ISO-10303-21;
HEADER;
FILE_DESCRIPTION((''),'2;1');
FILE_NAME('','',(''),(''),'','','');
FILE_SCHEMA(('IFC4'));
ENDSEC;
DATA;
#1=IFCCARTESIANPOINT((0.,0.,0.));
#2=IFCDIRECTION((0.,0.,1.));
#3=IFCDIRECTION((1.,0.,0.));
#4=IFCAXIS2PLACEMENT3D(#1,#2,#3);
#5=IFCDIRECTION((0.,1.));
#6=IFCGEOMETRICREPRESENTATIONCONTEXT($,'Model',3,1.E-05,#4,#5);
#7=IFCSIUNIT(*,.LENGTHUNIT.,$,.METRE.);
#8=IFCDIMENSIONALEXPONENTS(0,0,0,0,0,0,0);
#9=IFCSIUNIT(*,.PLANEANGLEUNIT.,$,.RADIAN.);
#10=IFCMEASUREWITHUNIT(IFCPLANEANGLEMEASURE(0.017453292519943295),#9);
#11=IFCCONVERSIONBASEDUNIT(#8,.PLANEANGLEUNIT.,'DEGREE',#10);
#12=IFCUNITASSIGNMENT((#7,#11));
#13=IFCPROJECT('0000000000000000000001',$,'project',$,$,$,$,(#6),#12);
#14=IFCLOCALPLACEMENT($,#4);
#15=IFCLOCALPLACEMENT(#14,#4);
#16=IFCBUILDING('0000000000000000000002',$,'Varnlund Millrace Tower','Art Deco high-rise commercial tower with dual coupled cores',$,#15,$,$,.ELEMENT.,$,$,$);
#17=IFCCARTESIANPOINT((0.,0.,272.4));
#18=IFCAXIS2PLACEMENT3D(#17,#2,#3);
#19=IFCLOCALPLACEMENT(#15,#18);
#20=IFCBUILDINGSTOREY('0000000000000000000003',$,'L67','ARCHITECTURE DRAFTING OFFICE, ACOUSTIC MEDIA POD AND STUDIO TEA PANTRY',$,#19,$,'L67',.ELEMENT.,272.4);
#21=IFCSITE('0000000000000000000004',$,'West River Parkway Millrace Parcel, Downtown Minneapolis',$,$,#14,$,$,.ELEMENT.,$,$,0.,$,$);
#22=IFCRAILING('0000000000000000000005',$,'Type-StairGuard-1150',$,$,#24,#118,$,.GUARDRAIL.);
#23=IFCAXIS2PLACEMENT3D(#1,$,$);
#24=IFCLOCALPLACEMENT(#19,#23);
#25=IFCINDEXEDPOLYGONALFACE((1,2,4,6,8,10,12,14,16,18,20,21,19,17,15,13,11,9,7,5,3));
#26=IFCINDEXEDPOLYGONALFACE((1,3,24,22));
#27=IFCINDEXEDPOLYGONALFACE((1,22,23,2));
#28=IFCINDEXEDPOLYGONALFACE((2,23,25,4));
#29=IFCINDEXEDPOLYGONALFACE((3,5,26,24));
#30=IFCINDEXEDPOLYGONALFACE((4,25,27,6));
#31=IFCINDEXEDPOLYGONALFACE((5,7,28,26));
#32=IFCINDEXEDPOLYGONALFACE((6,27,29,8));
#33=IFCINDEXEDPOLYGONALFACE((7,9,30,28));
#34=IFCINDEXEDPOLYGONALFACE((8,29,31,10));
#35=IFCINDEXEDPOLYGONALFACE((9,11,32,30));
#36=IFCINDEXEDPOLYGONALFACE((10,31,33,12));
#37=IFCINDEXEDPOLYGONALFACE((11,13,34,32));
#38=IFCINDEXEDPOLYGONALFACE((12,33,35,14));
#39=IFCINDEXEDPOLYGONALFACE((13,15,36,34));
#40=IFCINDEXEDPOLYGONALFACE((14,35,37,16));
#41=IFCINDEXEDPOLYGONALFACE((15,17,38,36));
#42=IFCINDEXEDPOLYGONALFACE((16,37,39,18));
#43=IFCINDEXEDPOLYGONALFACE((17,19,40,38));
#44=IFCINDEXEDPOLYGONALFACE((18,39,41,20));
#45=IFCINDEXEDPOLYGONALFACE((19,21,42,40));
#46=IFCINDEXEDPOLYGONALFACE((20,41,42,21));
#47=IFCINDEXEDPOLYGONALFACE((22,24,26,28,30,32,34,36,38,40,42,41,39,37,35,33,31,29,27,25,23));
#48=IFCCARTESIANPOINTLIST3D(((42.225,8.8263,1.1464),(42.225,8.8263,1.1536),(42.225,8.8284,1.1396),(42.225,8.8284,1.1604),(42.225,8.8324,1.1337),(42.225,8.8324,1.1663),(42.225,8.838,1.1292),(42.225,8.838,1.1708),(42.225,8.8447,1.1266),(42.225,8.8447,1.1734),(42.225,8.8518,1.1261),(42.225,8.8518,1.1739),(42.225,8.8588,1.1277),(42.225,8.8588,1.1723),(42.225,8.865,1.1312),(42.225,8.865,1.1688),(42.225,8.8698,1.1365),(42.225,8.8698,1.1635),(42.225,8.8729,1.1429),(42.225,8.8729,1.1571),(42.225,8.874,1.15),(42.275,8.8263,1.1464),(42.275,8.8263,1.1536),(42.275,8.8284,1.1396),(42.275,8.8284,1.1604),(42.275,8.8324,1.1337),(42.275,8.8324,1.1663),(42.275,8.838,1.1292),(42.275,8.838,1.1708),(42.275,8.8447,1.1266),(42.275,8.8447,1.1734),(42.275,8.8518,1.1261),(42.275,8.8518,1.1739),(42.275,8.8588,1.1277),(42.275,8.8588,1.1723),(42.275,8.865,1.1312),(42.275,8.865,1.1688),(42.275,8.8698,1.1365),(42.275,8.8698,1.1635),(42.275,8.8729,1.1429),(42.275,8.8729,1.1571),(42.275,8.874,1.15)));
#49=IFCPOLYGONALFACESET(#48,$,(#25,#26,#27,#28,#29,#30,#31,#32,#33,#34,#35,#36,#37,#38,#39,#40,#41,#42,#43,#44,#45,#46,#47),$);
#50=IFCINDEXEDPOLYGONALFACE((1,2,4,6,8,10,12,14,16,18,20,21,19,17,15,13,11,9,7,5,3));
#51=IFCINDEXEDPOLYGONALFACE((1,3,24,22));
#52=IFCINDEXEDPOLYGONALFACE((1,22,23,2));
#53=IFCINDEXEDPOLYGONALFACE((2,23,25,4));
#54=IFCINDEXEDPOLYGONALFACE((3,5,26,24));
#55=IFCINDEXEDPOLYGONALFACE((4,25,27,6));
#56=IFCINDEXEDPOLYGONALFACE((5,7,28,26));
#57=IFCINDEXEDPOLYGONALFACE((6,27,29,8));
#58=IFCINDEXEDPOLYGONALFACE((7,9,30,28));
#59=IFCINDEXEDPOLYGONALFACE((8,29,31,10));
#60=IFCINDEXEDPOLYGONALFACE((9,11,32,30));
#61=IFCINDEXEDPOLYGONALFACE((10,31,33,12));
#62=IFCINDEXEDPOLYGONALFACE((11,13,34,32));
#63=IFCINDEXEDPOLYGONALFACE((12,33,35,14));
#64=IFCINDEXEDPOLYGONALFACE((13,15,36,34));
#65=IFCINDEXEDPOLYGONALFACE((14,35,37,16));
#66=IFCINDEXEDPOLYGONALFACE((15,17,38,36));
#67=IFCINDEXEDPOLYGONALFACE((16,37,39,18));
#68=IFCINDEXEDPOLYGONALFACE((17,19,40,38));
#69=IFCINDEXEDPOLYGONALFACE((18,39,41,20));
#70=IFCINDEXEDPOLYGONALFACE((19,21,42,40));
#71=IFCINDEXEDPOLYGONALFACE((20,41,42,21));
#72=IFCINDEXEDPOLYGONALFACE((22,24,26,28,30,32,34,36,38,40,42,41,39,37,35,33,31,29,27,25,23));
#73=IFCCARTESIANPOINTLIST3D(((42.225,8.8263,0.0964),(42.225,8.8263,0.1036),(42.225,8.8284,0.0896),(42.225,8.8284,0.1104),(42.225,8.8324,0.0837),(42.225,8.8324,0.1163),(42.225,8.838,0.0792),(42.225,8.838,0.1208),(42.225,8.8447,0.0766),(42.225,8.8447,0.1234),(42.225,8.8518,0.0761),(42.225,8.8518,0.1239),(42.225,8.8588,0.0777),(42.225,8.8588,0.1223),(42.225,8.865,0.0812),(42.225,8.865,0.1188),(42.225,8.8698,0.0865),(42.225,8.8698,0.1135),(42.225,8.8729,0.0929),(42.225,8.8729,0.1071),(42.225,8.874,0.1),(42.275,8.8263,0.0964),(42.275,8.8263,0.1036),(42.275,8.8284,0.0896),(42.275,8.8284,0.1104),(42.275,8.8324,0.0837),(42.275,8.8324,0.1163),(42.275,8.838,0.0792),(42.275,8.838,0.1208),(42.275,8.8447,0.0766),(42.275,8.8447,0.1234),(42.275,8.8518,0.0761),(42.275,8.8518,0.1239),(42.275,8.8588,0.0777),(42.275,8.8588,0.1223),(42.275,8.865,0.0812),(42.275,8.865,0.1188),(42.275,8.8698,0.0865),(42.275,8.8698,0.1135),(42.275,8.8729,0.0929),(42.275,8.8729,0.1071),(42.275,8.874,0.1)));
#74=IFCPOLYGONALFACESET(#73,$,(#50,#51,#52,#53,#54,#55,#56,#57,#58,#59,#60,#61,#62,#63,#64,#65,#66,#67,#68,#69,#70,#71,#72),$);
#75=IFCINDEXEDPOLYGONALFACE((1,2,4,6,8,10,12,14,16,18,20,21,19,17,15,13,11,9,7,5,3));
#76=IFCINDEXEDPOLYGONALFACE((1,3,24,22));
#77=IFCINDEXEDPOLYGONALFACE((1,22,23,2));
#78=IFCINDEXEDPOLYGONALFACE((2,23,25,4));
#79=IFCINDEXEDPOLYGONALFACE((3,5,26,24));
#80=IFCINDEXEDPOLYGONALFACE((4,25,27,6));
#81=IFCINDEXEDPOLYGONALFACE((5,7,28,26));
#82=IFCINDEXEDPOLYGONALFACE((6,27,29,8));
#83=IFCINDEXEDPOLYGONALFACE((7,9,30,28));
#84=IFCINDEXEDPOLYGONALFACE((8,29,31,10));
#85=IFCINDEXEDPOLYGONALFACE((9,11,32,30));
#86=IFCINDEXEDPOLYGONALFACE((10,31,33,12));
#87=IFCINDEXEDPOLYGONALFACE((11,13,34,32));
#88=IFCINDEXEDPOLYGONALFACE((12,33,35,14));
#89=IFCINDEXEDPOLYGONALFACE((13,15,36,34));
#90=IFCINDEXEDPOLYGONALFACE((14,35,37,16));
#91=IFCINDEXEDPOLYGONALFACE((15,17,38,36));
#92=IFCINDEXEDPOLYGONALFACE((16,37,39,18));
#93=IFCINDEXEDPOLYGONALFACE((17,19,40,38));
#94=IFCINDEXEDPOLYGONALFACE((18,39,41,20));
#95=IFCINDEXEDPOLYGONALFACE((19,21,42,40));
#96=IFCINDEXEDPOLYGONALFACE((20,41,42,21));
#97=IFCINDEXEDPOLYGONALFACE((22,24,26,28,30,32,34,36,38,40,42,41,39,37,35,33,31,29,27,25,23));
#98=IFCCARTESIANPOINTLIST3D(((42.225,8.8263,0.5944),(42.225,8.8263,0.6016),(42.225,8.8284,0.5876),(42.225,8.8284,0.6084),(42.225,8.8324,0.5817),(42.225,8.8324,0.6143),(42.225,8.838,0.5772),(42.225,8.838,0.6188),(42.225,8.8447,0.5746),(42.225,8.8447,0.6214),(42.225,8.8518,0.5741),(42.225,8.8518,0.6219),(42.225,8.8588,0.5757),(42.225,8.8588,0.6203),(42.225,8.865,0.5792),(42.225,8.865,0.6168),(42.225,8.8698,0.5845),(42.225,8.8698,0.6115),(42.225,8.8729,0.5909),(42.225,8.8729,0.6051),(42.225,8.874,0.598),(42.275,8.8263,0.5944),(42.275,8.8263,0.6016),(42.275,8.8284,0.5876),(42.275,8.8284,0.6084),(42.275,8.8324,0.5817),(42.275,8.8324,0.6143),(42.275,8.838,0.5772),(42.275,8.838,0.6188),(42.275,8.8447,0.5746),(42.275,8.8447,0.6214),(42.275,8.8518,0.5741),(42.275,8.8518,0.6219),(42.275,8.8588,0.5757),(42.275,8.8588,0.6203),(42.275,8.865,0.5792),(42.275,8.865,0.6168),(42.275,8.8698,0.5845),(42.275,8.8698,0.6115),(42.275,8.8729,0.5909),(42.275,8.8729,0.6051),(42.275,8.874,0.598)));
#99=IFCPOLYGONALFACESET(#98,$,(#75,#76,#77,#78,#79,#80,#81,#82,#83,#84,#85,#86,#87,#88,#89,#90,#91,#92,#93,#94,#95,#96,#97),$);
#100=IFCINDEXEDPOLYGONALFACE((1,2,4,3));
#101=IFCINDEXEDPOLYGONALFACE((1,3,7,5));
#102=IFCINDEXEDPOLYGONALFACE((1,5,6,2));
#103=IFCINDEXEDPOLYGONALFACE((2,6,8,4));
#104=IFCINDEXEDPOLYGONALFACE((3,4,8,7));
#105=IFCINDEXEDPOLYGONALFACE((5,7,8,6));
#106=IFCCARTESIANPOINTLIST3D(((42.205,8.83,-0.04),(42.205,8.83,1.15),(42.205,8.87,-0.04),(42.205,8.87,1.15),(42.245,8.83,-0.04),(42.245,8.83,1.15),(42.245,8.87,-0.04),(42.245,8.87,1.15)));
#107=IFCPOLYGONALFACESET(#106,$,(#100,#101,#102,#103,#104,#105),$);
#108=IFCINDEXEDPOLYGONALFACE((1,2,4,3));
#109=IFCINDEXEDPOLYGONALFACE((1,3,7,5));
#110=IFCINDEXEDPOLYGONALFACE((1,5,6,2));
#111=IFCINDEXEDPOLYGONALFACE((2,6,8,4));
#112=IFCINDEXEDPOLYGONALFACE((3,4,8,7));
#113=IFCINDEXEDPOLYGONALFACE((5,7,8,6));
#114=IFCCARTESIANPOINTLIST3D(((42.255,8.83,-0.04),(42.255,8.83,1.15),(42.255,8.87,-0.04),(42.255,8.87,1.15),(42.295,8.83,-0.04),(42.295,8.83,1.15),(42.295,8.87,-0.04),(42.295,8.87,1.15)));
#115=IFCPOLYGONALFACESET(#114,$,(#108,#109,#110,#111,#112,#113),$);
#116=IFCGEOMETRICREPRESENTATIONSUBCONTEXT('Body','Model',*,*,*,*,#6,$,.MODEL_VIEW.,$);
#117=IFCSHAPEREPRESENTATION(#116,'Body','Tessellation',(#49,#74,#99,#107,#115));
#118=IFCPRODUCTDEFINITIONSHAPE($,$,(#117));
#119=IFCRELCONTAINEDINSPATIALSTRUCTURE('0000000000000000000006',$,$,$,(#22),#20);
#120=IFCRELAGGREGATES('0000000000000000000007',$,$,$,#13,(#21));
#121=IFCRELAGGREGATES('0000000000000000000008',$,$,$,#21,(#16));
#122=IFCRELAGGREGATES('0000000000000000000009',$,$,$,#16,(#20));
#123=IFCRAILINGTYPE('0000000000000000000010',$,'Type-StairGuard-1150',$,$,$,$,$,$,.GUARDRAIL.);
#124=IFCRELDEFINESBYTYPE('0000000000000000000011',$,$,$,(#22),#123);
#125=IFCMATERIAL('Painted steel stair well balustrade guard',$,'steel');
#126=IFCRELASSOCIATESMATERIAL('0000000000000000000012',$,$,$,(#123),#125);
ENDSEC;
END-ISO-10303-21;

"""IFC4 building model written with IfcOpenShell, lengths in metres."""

from ifc_helpers import new_model, entity, si_unit, converted_unit, direction, frame, origin_with_axes, origin_2d_with_axis, place, context, subcontext, project, spatial, rectangle, circle, extrude, material, type_object, element, save


model = new_model("IFC4")

# Units and contexts
model_context = context("Model", 3, precision=1e-05, world=origin_with_axes(), true_north=direction((0.0, 1.0)))
body_context = subcontext(model_context, "Body", "Model", "MODEL_VIEW")
ifc_project = project(units=[si_unit("LENGTHUNIT", "METRE"), converted_unit("PLANEANGLEUNIT", "DEGREE", entity("IfcPlaneAngleMeasure", 0.017453292519943295), si_unit("PLANEANGLEUNIT", "RADIAN"), dimensions=[0, 0, 0, 0, 0, 0, 0])], contexts=[model_context])

# Site, building, storey
site_placement = place(None, origin_with_axes())
site = spatial("IfcSite", under=ifc_project, at=site_placement, Name="West River Parkway Millrace Parcel, Downtown Minneapolis", CompositionType="ELEMENT", RefElevation=0.0)
building_placement = place(site_placement, origin_with_axes())
building = spatial("IfcBuilding", under=site, at=building_placement, Name="Varnlund Millrace Tower", Description="Art Deco high-rise commercial tower with dual coupled cores", CompositionType="ELEMENT")
storey_placement = place(building_placement, frame((0.0, 0.0, 272.4), z_axis=(0.0, 0.0, 1.0), x_axis=(1.0, 0.0, 0.0)))
storey = spatial("IfcBuildingStorey", under=building, at=storey_placement, Name="L67", Description="ARCHITECTURE DRAFTING OFFICE, ACOUSTIC MEDIA POD AND STUDIO TEA PANTRY", LongName="L67", CompositionType="ELEMENT", Elevation=272.4)

# Railing
ifc_material_1 = material(Name="Painted steel stair well balustrade guard", Category="steel")
railing_type_1 = type_object("IfcRailingType", Name="Type-StairGuard-1150", PredefinedType="GUARDRAIL", material=ifc_material_1)
railing_1_placement = place(storey_placement, frame((0.0, 0.0, -272.4), z_axis=(0.0, 0.0, 1.0), x_axis=(1.0, 0.0, 0.0)))
element("IfcRailing", 1, at=railing_1_placement, inside=storey, type_object=railing_type_1, Name="Type-StairGuard-1150", PredefinedType="GUARDRAIL", context=body_context, shape_type="SweptSolid", body=[
    extrude(circle(Radius=0.024, at=origin_2d_with_axis()), frame((42.225, 8.85, 273.55), z_axis=(1.0, 0.0, 0.0), x_axis=(0.0, 1.0, 0.0)), (0.0, 0.0, 1.0), 0.05),
    extrude(circle(Radius=0.024, at=origin_2d_with_axis()), frame((42.225, 8.85, 272.5), z_axis=(1.0, 0.0, 0.0), x_axis=(0.0, 1.0, 0.0)), (0.0, 0.0, 1.0), 0.05),
    extrude(circle(Radius=0.024, at=origin_2d_with_axis()), frame((42.225, 8.85, 272.998), z_axis=(1.0, 0.0, 0.0), x_axis=(0.0, 1.0, 0.0)), (0.0, 0.0, 1.0), 0.05),
    extrude(rectangle(XDim=0.04, YDim=0.04, at=origin_2d_with_axis()), frame((42.225, 8.85, 272.36), z_axis=(0.0, 0.0, 1.0), x_axis=(1.0, 0.0, 0.0)), (0.0, 0.0, 1.0), 1.19),
    extrude(rectangle(XDim=0.04, YDim=0.04, at=origin_2d_with_axis()), frame((42.275, 8.85, 272.36), z_axis=(0.0, 0.0, 1.0), x_axis=(1.0, 0.0, 0.0)), (0.0, 0.0, 1.0), 1.19),
])

save(model, "model.ifc")
